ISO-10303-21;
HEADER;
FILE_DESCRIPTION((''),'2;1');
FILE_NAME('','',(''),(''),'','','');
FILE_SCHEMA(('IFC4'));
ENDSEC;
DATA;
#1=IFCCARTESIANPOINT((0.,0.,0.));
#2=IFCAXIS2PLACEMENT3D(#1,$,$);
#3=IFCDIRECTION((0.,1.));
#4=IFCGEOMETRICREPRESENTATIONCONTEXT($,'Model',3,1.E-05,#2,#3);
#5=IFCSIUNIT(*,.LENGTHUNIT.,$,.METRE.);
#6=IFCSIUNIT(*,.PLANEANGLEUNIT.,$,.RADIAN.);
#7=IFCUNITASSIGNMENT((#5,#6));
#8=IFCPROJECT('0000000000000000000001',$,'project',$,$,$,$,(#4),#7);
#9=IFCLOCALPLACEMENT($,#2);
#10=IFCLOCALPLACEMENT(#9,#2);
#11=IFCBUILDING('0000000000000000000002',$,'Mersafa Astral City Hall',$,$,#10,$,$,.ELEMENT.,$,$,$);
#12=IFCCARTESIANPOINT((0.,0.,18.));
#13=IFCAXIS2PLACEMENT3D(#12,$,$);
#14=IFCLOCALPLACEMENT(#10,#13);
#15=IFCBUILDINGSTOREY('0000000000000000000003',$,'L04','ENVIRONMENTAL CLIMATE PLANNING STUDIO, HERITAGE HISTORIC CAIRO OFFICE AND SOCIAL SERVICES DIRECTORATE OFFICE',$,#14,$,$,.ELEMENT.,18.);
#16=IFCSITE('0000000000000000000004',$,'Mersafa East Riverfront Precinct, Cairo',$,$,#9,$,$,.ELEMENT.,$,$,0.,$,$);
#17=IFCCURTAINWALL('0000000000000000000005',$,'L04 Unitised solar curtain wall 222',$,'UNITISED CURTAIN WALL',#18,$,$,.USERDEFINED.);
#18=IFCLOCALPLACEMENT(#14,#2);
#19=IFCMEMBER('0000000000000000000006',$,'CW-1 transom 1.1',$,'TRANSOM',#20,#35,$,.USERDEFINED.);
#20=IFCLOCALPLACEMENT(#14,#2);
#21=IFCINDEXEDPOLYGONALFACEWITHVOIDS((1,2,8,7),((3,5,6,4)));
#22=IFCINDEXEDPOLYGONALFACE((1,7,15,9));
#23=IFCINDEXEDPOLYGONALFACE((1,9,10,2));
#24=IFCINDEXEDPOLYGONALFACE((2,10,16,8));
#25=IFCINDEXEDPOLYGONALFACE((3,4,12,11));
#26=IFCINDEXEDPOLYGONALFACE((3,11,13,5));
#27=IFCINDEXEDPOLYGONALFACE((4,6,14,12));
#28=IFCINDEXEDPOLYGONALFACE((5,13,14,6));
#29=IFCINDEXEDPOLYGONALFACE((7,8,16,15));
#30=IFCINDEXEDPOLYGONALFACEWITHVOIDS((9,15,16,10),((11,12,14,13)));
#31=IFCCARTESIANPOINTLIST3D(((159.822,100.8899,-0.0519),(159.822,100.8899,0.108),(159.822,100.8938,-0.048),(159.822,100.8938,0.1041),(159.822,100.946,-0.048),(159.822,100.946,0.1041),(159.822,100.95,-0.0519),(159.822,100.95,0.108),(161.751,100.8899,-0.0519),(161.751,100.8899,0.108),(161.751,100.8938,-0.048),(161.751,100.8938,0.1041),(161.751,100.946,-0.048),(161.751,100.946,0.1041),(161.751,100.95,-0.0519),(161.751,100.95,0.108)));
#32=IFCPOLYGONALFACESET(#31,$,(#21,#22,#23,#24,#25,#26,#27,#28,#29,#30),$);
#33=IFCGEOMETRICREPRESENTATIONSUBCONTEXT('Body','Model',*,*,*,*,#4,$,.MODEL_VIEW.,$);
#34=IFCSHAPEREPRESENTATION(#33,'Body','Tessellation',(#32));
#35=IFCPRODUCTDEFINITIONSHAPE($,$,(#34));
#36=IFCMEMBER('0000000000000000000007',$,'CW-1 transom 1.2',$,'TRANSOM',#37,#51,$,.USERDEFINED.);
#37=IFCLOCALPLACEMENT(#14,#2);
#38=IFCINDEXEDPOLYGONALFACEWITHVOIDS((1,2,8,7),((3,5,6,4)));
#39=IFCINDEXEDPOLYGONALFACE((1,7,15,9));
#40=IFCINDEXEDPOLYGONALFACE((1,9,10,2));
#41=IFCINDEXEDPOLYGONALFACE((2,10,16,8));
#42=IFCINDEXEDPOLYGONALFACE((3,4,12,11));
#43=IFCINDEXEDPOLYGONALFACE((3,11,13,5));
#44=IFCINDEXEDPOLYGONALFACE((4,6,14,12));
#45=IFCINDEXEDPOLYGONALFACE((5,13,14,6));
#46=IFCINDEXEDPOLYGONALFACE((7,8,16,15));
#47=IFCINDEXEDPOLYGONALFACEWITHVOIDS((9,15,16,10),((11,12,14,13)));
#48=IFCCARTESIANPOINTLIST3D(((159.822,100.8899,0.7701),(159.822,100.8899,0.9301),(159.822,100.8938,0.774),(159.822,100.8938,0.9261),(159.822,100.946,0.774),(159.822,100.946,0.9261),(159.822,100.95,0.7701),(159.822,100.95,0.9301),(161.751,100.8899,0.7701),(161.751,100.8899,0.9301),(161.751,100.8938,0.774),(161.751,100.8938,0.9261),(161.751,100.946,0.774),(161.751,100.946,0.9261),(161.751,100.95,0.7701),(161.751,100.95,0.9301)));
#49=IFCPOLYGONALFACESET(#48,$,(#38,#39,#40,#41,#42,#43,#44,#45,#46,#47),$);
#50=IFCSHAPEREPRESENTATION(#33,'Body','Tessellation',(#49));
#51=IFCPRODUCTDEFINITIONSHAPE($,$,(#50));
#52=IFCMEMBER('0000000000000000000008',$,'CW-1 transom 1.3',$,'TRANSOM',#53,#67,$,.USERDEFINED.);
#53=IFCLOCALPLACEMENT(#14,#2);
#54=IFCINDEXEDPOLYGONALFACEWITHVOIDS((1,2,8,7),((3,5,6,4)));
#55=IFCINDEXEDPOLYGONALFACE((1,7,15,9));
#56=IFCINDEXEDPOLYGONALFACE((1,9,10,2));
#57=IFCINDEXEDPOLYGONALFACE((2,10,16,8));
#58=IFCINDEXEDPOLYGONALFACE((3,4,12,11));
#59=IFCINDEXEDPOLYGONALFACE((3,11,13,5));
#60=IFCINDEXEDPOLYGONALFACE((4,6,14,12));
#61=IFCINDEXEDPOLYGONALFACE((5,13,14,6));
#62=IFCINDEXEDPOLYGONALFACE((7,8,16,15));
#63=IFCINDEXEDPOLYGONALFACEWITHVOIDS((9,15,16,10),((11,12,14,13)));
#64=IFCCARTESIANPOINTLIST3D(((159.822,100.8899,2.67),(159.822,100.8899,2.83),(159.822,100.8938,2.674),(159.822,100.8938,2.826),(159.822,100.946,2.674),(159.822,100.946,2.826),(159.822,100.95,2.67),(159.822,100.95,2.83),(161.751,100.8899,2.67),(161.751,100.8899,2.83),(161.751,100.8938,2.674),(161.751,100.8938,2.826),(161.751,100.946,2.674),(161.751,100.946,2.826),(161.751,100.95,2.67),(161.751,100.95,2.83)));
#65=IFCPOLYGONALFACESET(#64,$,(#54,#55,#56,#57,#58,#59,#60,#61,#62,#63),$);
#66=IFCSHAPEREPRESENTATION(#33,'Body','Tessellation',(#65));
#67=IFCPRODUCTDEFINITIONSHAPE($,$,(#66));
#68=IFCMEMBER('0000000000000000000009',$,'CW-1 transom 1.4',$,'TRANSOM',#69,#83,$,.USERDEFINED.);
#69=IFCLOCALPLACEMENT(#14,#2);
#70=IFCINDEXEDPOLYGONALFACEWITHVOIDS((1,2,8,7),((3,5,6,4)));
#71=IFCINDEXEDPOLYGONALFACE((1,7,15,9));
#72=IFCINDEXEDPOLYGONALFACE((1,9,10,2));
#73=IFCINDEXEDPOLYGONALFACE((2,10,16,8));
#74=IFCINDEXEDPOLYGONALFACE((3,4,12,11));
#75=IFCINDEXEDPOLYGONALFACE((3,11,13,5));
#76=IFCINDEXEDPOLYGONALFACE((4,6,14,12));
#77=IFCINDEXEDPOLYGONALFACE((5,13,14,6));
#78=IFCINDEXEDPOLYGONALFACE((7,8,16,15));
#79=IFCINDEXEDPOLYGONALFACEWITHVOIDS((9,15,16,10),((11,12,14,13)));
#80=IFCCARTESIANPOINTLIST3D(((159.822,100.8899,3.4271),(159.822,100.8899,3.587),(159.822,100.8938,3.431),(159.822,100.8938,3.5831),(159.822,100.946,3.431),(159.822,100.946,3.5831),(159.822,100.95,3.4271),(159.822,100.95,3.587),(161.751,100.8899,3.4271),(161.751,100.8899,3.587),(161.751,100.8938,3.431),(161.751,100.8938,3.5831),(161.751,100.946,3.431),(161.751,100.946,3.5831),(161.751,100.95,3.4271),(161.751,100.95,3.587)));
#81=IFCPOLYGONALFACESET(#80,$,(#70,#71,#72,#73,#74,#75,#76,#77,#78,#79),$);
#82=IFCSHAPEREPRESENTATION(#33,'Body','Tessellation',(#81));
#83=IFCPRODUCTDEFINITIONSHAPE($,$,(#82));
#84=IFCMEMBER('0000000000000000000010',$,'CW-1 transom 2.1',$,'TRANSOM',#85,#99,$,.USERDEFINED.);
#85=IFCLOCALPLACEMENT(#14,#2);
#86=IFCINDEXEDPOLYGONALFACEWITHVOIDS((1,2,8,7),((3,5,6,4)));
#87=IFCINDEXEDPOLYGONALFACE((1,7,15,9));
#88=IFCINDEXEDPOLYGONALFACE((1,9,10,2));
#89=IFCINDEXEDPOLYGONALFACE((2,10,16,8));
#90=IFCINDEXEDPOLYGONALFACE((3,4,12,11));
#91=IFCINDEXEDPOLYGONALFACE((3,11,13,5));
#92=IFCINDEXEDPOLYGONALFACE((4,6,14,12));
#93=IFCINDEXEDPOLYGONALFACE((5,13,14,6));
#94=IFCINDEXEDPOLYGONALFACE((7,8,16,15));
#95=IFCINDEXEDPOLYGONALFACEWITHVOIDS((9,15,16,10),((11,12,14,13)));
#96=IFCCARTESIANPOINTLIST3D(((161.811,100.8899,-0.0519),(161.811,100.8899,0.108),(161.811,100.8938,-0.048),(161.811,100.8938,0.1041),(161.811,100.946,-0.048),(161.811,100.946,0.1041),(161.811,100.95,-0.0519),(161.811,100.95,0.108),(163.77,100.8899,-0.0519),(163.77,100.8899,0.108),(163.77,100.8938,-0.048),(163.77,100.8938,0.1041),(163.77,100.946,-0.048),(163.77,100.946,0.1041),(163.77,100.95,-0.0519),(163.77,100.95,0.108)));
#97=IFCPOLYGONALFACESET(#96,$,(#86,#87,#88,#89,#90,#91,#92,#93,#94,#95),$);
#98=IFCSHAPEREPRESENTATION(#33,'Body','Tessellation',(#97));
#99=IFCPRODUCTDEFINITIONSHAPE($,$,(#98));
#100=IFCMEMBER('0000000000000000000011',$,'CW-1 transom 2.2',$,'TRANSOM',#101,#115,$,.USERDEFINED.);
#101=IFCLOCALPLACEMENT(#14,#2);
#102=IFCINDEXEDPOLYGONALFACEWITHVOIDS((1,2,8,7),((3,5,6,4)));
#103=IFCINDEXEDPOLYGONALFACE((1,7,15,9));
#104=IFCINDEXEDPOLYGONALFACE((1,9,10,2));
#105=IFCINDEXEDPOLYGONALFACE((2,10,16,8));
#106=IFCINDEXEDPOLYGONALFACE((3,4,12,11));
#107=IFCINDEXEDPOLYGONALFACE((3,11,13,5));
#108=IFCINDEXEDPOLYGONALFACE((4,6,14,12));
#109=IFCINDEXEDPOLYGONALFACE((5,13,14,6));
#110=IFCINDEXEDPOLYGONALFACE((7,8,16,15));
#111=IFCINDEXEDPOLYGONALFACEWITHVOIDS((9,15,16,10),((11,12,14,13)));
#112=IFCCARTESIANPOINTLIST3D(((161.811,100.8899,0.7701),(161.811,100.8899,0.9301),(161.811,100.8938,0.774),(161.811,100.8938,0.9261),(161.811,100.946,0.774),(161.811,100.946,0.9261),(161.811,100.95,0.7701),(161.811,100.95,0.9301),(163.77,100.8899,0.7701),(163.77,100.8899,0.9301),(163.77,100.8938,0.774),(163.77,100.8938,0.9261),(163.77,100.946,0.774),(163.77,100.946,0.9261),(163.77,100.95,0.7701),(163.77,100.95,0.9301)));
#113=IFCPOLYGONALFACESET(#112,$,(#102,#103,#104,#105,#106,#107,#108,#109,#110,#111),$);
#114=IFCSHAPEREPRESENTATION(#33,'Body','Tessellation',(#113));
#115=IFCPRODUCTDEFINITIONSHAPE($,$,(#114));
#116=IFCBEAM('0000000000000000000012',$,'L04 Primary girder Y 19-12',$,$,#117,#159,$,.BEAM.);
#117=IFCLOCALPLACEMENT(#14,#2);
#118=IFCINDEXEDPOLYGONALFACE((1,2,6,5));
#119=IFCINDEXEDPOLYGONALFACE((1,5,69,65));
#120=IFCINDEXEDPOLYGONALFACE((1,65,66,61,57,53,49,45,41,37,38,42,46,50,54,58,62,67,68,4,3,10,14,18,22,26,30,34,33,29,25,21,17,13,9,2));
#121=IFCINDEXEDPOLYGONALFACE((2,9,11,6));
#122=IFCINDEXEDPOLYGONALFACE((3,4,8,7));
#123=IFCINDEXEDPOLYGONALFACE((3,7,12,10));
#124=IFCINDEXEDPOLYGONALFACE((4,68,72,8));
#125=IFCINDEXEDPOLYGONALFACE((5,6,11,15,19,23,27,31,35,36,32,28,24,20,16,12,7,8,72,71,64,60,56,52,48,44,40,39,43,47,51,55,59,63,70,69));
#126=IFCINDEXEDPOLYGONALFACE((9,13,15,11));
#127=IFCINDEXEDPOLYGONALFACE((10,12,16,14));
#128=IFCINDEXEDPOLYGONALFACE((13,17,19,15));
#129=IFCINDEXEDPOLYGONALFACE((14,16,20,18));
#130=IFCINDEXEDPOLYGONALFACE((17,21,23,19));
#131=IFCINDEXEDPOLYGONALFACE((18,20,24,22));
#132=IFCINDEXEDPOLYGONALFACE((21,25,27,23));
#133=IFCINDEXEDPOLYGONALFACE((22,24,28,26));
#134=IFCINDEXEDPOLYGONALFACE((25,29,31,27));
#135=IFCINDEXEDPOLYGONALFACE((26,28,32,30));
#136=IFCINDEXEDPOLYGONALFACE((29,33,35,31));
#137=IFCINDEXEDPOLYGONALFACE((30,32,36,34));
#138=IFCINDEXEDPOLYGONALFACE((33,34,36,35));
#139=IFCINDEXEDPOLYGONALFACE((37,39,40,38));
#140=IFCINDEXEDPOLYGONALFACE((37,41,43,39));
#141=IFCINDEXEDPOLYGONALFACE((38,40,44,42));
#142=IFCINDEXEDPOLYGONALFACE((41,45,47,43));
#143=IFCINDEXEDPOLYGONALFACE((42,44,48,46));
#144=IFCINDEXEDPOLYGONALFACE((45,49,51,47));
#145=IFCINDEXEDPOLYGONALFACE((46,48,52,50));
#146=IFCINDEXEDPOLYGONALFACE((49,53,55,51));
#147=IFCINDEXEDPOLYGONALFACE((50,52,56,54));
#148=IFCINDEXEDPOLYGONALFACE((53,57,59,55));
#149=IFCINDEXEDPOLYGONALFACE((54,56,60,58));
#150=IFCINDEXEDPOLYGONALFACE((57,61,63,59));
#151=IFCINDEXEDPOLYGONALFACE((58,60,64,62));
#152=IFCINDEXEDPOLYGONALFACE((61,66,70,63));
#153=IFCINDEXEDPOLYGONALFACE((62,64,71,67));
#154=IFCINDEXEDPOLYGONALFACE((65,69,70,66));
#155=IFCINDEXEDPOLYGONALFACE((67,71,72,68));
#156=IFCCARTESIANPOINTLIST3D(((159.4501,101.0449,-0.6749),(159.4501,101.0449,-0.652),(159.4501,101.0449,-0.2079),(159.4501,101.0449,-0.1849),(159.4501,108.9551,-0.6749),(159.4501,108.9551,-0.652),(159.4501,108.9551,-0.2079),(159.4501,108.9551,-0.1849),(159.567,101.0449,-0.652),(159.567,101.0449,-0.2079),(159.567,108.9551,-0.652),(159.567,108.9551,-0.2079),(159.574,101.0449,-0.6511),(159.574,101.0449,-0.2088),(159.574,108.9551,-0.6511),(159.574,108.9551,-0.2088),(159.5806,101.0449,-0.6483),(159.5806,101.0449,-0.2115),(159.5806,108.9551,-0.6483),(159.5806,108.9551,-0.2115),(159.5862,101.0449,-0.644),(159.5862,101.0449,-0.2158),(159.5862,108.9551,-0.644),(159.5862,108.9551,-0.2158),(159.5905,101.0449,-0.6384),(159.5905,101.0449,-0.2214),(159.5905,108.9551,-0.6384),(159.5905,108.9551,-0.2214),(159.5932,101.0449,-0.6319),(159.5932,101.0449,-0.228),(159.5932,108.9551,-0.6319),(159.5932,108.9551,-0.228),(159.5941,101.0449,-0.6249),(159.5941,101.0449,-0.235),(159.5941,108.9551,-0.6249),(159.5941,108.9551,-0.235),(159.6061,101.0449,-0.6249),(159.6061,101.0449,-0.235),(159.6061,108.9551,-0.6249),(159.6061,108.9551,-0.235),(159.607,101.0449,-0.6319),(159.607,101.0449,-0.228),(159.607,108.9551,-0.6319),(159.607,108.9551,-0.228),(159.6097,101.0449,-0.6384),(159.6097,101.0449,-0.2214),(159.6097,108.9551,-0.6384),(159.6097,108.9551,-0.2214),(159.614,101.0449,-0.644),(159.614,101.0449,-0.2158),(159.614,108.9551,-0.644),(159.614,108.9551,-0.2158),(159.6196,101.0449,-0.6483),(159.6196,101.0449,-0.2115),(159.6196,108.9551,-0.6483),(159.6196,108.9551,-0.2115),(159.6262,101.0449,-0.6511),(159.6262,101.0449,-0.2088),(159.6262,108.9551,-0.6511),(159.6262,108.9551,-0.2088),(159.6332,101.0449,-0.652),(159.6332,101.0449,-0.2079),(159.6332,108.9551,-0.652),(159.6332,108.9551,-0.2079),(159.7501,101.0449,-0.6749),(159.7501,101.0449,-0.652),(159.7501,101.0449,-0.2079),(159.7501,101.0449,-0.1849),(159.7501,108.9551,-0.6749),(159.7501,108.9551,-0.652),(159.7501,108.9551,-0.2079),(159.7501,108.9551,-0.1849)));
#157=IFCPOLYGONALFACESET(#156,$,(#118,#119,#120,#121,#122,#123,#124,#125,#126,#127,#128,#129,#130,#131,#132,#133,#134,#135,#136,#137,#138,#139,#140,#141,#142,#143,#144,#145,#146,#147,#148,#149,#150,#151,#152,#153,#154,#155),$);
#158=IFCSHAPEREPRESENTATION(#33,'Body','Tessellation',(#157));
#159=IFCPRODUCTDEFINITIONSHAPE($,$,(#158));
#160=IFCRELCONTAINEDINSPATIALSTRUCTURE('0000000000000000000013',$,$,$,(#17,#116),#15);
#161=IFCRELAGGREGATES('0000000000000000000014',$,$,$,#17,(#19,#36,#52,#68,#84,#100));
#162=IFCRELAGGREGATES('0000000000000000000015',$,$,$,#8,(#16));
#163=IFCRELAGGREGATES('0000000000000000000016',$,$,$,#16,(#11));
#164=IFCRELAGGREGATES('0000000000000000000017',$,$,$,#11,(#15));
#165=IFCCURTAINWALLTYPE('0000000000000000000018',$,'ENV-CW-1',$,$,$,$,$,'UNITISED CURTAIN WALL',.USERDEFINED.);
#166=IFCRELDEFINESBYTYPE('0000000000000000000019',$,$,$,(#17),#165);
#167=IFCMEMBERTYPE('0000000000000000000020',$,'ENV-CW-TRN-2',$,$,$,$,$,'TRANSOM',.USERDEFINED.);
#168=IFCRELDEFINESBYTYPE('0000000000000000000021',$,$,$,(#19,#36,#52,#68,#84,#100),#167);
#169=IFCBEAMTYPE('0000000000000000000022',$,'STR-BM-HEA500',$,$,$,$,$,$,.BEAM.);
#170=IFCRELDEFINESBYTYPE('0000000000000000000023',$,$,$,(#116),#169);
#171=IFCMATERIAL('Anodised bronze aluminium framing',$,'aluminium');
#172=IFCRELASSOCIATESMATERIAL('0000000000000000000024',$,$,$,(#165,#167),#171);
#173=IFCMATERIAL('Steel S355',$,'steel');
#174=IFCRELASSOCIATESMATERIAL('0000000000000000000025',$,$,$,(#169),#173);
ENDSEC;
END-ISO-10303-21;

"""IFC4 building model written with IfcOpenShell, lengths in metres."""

from ifc_helpers import new_model, si_unit, direction, frame, origin, origin_2d, place, context, subcontext, project, spatial, hollow_rectangle, i_section, extrude, material, material_profile, profile_set, type_object, element, aggregate, save


model = new_model("IFC4")

# Units and contexts
model_context = context("Model", 3, precision=1e-05, world=origin(), true_north=direction((0.0, 1.0)))
body_context = subcontext(model_context, "Body", "Model", "MODEL_VIEW")
ifc_project = project(units=[si_unit("LENGTHUNIT", "METRE"), si_unit("PLANEANGLEUNIT", "RADIAN")], contexts=[model_context])

# Site, building, storey
site_placement = place(None, origin())
site = spatial("IfcSite", under=ifc_project, at=site_placement, Name="Mersafa East Riverfront Precinct, Cairo", CompositionType="ELEMENT", RefElevation=0.0)
building_placement = place(site_placement, origin())
building = spatial("IfcBuilding", under=site, at=building_placement, Name="Mersafa Astral City Hall", CompositionType="ELEMENT")
storey_placement = place(building_placement, frame((0.0, 0.0, 18.0)))
storey = spatial("IfcBuildingStorey", under=building, at=storey_placement, Name="L04", Description="ENVIRONMENTAL CLIMATE PLANNING STUDIO, HERITAGE HISTORIC CAIRO OFFICE AND SOCIAL SERVICES DIRECTORATE OFFICE", CompositionType="ELEMENT", Elevation=18.0)

# Curtain wall
ifc_material_1 = material(Name="Anodised bronze aluminium framing", Category="aluminium")
curtain_wall_type_1 = type_object("IfcCurtainWallType", Name="ENV-CW-1", ElementType="UNITISED CURTAIN WALL", PredefinedType="USERDEFINED", material=ifc_material_1)
curtain_wall_1_placement = place(storey_placement, origin())
curtain_wall_1 = element("IfcCurtainWall", 1, at=curtain_wall_1_placement, inside=storey, type_object=curtain_wall_type_1, Name="L04 Unitised solar curtain wall 222", ObjectType="UNITISED CURTAIN WALL", PredefinedType="USERDEFINED")

# Members
ifc_material_profile_1 = material_profile(ifc_material_1, hollow_rectangle(XDim=0.0601, YDim=0.1599, WallThickness=0.0039, at=origin_2d()), Name="RHS 60x160x4")
ifc_profile_set_1 = profile_set([ifc_material_profile_1], Name="Anodised bronze aluminium framing")
member_type_1 = type_object("IfcMemberType", Name="ENV-CW-TRN-2", ElementType="TRANSOM", PredefinedType="USERDEFINED", material=ifc_profile_set_1)
member_1_placement = place(storey_placement, frame((159.822, 100.9199, 0.0281), z_axis=(1.0, 0.0, 0.0), x_axis=(0.0, 1.0, 0.0)))
member_1 = element("IfcMember", 2, at=member_1_placement, type_object=member_type_1, Name="CW-1 transom 1.1", ObjectType="TRANSOM", PredefinedType="USERDEFINED", context=body_context, shape_type="SweptSolid", body=[
    extrude(hollow_rectangle(XDim=0.0601, YDim=0.1599, WallThickness=0.0039, at=origin_2d()), origin(), (0.0, 0.0, 1.0), 1.929),
])
member_2_placement = place(storey_placement, frame((159.822, 100.9199, 0.8501), z_axis=(1.0, 0.0, 0.0), x_axis=(0.0, 1.0, 0.0)))
member_2 = element("IfcMember", 3, at=member_2_placement, type_object=member_type_1, Name="CW-1 transom 1.2", ObjectType="TRANSOM", PredefinedType="USERDEFINED", context=body_context, shape_type="SweptSolid", body=[
    extrude(hollow_rectangle(XDim=0.0601, YDim=0.1599, WallThickness=0.0039, at=origin_2d()), origin(), (0.0, 0.0, 1.0), 1.929),
])
member_3_placement = place(storey_placement, frame((159.822, 100.9199, 2.75), z_axis=(1.0, 0.0, 0.0), x_axis=(0.0, 1.0, 0.0)))
member_3 = element("IfcMember", 4, at=member_3_placement, type_object=member_type_1, Name="CW-1 transom 1.3", ObjectType="TRANSOM", PredefinedType="USERDEFINED", context=body_context, shape_type="SweptSolid", body=[
    extrude(hollow_rectangle(XDim=0.0601, YDim=0.1599, WallThickness=0.0039, at=origin_2d()), origin(), (0.0, 0.0, 1.0), 1.929),
])
member_4_placement = place(storey_placement, frame((159.822, 100.9199, 3.5071), z_axis=(1.0, 0.0, 0.0), x_axis=(0.0, 1.0, 0.0)))
member_4 = element("IfcMember", 5, at=member_4_placement, type_object=member_type_1, Name="CW-1 transom 1.4", ObjectType="TRANSOM", PredefinedType="USERDEFINED", context=body_context, shape_type="SweptSolid", body=[
    extrude(hollow_rectangle(XDim=0.0601, YDim=0.1599, WallThickness=0.0039, at=origin_2d()), origin(), (0.0, 0.0, 1.0), 1.929),
])
member_5_placement = place(storey_placement, frame((161.811, 100.9199, 0.0281), z_axis=(1.0, 0.0, 0.0), x_axis=(0.0, 1.0, 0.0)))
member_5 = element("IfcMember", 6, at=member_5_placement, type_object=member_type_1, Name="CW-1 transom 2.1", ObjectType="TRANSOM", PredefinedType="USERDEFINED", context=body_context, shape_type="SweptSolid", body=[
    extrude(hollow_rectangle(XDim=0.0601, YDim=0.1599, WallThickness=0.0039, at=origin_2d()), origin(), (0.0, 0.0, 1.0), 1.959),
])
member_6_placement = place(storey_placement, frame((161.811, 100.9199, 0.8501), z_axis=(1.0, 0.0, 0.0), x_axis=(0.0, 1.0, 0.0)))
member_6 = element("IfcMember", 7, at=member_6_placement, type_object=member_type_1, Name="CW-1 transom 2.2", ObjectType="TRANSOM", PredefinedType="USERDEFINED", context=body_context, shape_type="SweptSolid", body=[
    extrude(hollow_rectangle(XDim=0.0601, YDim=0.1599, WallThickness=0.0039, at=origin_2d()), origin(), (0.0, 0.0, 1.0), 1.959),
])

# Beam
ifc_material_2 = material(Name="Steel S355", Category="steel")
ifc_material_profile_2 = material_profile(ifc_material_2, i_section(OverallWidth=0.3, OverallDepth=0.49, WebThickness=0.012, FlangeThickness=0.0229, FilletRadius=0.0271, at=origin_2d()), Name="HEA 500")
ifc_profile_set_2 = profile_set([ifc_material_profile_2], Name="Steel S355")
beam_type_1 = type_object("IfcBeamType", Name="STR-BM-HEA500", PredefinedType="BEAM", material=ifc_profile_set_2)
beam_1_placement = place(storey_placement, frame((159.6001, 101.0449, -0.4299), z_axis=(0.0, 1.0, 0.0), x_axis=(-1.0, 0.0, 0.0)))
element("IfcBeam", 8, at=beam_1_placement, inside=storey, type_object=beam_type_1, Name="L04 Primary girder Y 19-12", PredefinedType="BEAM", context=body_context, shape_type="SweptSolid", body=[
    extrude(i_section(OverallWidth=0.3, OverallDepth=0.49, WebThickness=0.012, FlangeThickness=0.0229, FilletRadius=0.0271, at=origin_2d()), origin(), (0.0, 0.0, 1.0), 7.9102),
])

aggregate(curtain_wall_1, [member_1, member_2, member_3, member_4, member_5, member_6])

save(model, "model.ifc")
